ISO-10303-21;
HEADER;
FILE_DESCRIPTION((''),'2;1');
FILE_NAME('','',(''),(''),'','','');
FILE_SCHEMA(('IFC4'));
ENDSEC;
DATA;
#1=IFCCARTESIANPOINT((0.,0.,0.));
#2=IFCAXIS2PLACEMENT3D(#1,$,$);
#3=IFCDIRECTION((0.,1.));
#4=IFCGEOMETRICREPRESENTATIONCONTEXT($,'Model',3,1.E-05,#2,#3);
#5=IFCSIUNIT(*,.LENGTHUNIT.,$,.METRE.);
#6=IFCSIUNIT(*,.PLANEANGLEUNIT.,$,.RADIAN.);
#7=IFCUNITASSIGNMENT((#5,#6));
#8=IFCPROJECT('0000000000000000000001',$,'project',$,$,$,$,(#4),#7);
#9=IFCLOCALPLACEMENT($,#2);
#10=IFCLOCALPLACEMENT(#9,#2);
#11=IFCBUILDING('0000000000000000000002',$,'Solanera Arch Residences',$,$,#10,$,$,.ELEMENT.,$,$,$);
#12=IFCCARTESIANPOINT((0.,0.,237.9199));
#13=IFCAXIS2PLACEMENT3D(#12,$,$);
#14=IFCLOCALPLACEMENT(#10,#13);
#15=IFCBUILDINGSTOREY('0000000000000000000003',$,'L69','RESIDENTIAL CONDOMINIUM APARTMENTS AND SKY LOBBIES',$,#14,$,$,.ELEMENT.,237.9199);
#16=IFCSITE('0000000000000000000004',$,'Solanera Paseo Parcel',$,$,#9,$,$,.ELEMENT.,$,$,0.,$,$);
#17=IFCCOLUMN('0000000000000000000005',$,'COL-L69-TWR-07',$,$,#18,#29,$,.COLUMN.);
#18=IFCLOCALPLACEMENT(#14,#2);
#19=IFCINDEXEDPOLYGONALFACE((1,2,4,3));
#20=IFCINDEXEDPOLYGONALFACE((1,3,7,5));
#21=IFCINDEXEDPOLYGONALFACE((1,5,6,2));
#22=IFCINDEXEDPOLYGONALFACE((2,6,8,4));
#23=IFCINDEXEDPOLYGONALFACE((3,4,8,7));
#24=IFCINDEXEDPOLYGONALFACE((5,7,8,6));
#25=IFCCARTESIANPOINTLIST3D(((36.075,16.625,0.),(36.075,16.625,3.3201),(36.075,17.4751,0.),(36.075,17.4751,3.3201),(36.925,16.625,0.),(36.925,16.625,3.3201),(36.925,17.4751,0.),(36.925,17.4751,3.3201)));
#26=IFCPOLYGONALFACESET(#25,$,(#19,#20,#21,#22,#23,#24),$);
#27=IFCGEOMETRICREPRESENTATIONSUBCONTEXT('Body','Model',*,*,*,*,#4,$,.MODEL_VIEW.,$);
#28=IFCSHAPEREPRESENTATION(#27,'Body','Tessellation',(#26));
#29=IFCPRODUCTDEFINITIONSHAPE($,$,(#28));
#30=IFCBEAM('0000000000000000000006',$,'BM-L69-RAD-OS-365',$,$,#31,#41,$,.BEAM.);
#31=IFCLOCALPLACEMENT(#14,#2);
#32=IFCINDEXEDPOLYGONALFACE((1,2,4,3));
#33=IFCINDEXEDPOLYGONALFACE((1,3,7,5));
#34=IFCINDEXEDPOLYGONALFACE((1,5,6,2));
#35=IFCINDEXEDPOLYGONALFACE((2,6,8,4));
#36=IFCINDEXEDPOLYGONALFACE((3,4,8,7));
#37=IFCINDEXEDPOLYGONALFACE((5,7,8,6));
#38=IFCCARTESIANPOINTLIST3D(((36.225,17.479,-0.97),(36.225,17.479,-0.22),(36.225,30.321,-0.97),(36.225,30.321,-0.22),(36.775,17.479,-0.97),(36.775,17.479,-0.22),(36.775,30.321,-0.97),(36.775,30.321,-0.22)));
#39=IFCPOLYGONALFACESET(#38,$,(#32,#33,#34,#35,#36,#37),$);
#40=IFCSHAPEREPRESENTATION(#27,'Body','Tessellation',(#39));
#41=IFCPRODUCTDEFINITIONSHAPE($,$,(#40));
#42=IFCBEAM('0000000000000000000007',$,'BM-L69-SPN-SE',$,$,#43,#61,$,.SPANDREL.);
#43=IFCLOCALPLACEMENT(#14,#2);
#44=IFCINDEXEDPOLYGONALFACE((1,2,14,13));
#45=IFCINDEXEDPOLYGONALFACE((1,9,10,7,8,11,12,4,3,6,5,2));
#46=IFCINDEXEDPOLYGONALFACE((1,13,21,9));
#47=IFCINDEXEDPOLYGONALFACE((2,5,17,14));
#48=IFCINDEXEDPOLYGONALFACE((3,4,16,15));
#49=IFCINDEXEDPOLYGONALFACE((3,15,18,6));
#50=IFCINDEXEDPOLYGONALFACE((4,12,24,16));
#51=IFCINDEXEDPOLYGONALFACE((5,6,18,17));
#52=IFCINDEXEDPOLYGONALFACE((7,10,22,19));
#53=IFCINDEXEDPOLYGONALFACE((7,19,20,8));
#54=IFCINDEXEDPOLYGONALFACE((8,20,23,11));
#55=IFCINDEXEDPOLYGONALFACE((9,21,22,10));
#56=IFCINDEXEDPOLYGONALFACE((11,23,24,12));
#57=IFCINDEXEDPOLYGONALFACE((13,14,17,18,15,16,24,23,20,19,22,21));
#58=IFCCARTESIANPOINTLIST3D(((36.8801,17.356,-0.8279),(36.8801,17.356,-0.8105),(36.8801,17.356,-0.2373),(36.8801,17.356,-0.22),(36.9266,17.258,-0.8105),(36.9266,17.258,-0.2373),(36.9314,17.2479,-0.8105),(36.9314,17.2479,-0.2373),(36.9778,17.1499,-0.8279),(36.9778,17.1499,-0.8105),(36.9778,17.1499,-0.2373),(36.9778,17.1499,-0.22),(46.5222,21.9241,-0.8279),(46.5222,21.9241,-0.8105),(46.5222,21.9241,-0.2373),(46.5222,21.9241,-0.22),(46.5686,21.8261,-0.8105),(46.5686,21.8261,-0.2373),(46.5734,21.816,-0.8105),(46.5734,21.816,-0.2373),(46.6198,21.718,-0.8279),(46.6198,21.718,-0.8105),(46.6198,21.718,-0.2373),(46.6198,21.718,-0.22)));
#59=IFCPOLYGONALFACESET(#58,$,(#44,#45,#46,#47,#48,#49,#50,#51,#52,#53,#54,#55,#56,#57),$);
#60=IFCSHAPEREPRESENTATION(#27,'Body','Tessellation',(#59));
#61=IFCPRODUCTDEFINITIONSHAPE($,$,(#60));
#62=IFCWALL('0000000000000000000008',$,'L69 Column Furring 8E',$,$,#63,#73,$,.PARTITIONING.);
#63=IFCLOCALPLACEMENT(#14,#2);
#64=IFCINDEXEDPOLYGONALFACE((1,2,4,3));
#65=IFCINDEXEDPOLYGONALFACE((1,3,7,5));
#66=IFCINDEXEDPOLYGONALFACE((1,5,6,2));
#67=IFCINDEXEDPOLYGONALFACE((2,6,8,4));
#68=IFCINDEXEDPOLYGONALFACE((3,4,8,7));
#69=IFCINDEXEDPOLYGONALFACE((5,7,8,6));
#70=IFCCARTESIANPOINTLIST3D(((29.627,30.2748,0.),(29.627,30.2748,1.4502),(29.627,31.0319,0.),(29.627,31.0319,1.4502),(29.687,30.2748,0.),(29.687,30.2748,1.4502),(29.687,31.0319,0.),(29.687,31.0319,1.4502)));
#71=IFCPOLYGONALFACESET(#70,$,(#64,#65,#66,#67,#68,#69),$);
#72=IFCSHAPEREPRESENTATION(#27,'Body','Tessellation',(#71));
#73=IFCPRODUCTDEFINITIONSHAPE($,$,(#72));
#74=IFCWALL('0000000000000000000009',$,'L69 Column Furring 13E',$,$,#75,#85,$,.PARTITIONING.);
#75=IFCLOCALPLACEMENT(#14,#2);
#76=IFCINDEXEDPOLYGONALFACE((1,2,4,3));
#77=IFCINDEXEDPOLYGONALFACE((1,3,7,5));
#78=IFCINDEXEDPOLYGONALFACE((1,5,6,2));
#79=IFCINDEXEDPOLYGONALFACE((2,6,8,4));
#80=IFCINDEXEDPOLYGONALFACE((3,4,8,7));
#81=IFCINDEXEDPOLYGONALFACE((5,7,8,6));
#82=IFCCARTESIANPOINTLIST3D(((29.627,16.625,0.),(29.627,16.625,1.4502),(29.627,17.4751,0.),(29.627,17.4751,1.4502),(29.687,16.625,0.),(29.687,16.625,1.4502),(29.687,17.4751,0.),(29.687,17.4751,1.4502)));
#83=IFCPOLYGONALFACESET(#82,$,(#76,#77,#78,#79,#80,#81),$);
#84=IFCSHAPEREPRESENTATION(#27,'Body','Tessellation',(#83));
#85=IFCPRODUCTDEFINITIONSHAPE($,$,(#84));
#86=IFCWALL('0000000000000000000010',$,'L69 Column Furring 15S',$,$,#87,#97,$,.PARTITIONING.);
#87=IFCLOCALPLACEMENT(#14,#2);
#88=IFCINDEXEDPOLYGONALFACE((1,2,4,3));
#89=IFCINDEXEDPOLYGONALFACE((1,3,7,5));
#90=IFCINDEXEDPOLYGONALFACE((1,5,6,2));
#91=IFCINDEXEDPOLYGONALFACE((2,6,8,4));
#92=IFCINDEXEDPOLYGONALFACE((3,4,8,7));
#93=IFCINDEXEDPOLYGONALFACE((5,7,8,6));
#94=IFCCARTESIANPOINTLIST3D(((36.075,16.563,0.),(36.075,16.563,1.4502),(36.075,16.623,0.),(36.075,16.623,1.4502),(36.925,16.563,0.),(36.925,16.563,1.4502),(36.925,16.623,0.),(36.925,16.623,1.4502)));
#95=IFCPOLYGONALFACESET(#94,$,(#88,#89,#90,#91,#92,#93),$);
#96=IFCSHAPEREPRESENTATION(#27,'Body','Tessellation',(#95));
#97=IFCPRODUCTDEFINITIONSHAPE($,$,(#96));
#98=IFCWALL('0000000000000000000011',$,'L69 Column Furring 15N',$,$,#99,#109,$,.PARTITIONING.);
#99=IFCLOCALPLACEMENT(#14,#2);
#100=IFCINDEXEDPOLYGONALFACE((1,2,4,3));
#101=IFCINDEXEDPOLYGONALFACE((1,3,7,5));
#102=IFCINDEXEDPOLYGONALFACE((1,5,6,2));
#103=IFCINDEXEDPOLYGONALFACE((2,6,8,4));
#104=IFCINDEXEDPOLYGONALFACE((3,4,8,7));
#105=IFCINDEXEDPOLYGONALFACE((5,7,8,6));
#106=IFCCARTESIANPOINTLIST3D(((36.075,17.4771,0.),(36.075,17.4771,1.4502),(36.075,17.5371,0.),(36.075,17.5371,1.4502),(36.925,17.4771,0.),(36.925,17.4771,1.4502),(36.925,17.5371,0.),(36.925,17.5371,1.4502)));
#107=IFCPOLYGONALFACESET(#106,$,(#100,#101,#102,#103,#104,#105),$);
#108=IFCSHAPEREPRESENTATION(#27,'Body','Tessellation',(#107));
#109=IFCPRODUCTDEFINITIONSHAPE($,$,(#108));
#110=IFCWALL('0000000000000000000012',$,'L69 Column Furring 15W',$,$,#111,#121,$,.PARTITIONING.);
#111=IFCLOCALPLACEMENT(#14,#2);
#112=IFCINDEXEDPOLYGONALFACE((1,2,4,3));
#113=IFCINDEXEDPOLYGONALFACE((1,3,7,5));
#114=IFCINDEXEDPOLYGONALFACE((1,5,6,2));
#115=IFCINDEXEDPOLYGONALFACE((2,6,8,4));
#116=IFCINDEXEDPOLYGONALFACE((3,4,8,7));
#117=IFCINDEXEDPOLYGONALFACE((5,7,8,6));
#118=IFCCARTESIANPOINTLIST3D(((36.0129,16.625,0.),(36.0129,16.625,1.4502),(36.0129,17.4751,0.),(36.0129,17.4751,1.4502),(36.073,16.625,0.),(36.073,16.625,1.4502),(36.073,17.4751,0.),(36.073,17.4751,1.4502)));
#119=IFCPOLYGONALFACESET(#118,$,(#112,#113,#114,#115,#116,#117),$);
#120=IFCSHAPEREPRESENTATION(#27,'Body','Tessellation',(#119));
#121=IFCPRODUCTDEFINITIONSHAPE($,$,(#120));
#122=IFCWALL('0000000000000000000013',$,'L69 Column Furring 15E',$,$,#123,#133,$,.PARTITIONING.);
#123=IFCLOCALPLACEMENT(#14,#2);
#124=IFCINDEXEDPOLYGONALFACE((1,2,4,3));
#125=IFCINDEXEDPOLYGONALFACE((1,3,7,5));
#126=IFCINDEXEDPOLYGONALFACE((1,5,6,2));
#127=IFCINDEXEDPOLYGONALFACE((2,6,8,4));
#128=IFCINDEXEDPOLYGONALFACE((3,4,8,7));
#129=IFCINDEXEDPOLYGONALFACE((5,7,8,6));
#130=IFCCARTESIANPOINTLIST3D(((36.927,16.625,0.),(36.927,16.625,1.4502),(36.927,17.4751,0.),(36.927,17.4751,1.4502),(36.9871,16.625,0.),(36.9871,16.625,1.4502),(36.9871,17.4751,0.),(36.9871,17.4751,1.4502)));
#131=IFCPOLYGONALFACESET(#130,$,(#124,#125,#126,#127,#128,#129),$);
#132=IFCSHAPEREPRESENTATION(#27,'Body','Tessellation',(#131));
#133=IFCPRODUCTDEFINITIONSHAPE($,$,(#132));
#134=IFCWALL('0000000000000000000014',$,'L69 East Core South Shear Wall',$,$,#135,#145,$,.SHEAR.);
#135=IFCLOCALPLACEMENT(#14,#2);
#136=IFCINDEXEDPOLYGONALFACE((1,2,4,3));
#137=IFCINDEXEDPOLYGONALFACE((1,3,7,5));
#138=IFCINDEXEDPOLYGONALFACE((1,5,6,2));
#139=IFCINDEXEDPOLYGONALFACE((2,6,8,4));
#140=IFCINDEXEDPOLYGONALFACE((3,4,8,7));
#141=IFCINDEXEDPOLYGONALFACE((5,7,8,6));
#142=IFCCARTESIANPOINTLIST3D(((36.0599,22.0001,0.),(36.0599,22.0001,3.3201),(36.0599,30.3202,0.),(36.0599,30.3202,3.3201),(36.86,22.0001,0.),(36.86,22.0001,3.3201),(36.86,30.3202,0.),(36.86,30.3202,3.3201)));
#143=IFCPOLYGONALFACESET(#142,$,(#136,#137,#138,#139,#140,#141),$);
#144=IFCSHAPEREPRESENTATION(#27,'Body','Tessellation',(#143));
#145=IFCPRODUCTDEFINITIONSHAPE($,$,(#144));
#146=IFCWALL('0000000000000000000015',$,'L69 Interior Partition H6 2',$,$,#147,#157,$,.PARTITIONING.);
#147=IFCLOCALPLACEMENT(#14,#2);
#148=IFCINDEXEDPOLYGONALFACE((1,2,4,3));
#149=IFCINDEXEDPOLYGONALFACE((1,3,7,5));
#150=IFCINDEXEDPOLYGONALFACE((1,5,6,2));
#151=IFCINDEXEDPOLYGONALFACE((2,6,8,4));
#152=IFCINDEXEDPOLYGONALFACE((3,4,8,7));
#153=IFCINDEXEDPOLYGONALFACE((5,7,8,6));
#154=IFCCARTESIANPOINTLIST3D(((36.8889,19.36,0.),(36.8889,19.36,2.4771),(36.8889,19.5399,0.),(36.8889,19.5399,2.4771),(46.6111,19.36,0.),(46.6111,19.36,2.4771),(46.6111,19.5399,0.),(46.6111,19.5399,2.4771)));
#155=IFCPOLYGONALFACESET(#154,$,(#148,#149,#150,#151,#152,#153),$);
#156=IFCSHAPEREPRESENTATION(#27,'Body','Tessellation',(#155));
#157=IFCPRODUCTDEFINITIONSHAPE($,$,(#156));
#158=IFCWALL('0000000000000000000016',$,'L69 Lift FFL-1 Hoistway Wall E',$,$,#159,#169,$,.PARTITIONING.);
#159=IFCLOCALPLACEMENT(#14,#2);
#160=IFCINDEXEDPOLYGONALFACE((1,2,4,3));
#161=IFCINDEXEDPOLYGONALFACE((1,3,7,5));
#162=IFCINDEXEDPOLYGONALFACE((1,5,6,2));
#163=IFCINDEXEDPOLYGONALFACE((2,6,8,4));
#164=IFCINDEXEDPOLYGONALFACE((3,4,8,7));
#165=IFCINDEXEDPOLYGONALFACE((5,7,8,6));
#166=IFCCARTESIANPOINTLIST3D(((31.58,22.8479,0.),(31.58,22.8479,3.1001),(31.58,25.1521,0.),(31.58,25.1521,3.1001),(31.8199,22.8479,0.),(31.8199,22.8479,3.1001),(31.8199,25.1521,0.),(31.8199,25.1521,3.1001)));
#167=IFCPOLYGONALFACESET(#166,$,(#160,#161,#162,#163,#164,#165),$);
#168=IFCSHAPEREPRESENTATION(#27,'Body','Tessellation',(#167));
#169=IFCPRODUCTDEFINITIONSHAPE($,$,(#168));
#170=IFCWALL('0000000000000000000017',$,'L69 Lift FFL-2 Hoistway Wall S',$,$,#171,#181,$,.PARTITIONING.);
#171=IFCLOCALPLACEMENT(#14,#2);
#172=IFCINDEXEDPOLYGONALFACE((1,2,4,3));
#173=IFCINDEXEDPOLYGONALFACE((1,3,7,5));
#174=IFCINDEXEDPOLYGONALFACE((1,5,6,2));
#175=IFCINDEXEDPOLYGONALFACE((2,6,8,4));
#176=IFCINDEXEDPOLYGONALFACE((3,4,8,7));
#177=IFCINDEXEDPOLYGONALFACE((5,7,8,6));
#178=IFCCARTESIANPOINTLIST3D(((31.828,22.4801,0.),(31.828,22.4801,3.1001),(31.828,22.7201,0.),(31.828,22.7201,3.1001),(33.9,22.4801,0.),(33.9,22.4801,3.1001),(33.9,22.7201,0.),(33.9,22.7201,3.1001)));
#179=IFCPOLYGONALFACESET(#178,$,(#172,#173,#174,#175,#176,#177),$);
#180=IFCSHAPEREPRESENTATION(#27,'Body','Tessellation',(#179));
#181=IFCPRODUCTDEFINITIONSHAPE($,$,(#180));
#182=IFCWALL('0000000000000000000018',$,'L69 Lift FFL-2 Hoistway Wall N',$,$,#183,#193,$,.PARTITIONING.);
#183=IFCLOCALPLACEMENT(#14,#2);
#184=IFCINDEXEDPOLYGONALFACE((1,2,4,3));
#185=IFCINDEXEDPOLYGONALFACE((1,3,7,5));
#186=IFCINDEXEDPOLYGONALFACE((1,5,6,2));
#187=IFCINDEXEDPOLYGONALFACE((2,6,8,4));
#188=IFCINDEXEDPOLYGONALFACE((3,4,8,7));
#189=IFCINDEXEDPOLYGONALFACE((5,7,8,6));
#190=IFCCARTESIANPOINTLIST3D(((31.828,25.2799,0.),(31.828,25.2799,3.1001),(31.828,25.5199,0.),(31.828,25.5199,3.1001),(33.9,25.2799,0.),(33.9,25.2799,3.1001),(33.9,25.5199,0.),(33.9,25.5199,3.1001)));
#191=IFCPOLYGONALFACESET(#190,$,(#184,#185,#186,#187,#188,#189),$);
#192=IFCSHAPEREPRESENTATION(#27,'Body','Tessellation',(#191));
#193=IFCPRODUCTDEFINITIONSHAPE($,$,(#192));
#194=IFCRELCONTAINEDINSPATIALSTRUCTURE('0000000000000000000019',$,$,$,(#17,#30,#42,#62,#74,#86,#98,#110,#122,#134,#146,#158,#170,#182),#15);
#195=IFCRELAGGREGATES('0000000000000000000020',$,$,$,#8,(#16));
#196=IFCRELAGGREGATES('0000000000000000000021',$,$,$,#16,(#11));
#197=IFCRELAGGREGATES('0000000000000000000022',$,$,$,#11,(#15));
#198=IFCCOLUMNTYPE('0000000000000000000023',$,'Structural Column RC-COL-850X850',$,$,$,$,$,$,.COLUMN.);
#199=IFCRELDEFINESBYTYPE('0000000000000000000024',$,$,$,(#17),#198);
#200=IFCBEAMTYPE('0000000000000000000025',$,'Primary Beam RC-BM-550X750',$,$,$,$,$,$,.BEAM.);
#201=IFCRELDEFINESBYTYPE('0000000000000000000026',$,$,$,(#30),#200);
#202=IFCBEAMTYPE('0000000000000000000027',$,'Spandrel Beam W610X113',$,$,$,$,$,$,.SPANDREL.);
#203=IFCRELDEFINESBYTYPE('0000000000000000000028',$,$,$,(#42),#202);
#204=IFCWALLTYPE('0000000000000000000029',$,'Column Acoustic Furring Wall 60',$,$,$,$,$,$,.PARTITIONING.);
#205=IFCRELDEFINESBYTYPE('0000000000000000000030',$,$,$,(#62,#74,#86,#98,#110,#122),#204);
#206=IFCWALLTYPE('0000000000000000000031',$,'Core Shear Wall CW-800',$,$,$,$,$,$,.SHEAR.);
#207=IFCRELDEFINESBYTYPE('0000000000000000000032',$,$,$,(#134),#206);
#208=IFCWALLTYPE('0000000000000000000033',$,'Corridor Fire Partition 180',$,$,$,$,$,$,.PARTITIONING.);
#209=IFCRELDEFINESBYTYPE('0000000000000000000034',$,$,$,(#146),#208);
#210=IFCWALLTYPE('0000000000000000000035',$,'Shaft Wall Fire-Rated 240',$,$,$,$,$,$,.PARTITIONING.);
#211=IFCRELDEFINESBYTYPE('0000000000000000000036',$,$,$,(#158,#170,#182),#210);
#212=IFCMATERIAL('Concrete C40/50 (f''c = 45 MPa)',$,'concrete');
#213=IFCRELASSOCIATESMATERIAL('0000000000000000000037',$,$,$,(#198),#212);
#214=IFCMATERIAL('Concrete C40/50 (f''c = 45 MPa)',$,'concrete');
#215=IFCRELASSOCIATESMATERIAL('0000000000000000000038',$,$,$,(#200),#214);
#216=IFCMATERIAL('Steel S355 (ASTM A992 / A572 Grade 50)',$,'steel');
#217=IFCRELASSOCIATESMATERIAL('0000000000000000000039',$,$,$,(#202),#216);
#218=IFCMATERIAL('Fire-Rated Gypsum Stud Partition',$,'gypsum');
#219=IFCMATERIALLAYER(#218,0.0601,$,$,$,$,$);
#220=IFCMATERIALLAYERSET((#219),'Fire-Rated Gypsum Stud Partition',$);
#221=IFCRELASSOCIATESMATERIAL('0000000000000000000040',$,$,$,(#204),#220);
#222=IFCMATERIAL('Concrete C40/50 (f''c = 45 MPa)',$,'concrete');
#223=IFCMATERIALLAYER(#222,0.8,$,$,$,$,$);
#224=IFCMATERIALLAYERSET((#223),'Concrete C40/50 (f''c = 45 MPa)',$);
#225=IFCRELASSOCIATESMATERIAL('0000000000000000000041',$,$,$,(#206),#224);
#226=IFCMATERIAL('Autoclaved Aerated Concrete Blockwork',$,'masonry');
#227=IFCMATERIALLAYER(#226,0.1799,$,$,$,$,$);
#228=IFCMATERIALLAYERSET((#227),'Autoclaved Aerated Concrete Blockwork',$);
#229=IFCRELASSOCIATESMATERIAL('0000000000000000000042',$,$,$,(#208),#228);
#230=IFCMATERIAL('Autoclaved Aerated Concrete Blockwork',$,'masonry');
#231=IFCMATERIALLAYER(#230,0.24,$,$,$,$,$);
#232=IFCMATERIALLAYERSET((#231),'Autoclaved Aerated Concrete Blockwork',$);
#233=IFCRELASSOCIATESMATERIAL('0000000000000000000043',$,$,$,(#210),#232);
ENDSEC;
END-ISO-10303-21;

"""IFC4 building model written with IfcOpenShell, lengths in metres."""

from ifc_helpers import new_model, si_unit, direction, frame, frame_2d, origin, origin_2d, place, context, subcontext, project, spatial, rectangle, i_section, extrude, material, layer, layer_set, material_profile, profile_set, type_object, element, save


model = new_model("IFC4")

# Units and contexts
model_context = context("Model", 3, precision=1e-05, world=origin(), true_north=direction((0.0, 1.0)))
body_context = subcontext(model_context, "Body", "Model", "MODEL_VIEW")
ifc_project = project(units=[si_unit("LENGTHUNIT", "METRE"), si_unit("PLANEANGLEUNIT", "RADIAN")], contexts=[model_context])

# Site, building, storey
site_placement = place(None, origin())
site = spatial("IfcSite", under=ifc_project, at=site_placement, Name="Solanera Paseo Parcel", CompositionType="ELEMENT", RefElevation=0.0)
building_placement = place(site_placement, origin())
building = spatial("IfcBuilding", under=site, at=building_placement, Name="Solanera Arch Residences", CompositionType="ELEMENT")
storey_placement = place(building_placement, frame((0.0, 0.0, 237.9199)))
storey = spatial("IfcBuildingStorey", under=building, at=storey_placement, Name="L69", Description="RESIDENTIAL CONDOMINIUM APARTMENTS AND SKY LOBBIES", CompositionType="ELEMENT", Elevation=237.9199)

# Column
ifc_material_1 = material(Name="Concrete C40/50 (f'c = 45 MPa)", Category="concrete")
ifc_material_profile_1 = material_profile(ifc_material_1, rectangle(XDim=0.8501, YDim=0.8501, at=origin_2d()))
ifc_profile_set_1 = profile_set([ifc_material_profile_1], Name="Concrete C40/50 (f'c = 45 MPa)")
column_type = type_object("IfcColumnType", Name="Structural Column RC-COL-850X850", PredefinedType="COLUMN", material=ifc_profile_set_1)
column_placement = place(storey_placement, frame((36.5, 17.05, 0.0), z_axis=(0.0, 0.0, 1.0), x_axis=(1.0, 0.0, 0.0)))
element("IfcColumn", 1, at=column_placement, inside=storey, type_object=column_type, Name="COL-L69-TWR-07", PredefinedType="COLUMN", context=body_context, shape_type="SweptSolid", body=[
    extrude(rectangle(XDim=0.8501, YDim=0.8501, at=origin_2d()), origin(), (0.0, 0.0, 1.0), 3.3201),
])

# Beams
ifc_material_2 = material(Name="Concrete C40/50 (f'c = 45 MPa)", Category="concrete")
ifc_material_profile_2 = material_profile(ifc_material_2, rectangle(XDim=0.55, YDim=0.75, at=origin_2d()))
ifc_profile_set_2 = profile_set([ifc_material_profile_2], Name="Concrete C40/50 (f'c = 45 MPa)")
beam_type_1 = type_object("IfcBeamType", Name="Primary Beam RC-BM-550X750", PredefinedType="BEAM", material=ifc_profile_set_2)
beam_1_placement = place(storey_placement, frame((36.5, 17.479, -0.595), z_axis=(0.0, 1.0, 0.0), x_axis=(-1.0, 0.0, 0.0)))
element("IfcBeam", 2, at=beam_1_placement, inside=storey, type_object=beam_type_1, Name="BM-L69-RAD-OS-365", PredefinedType="BEAM", context=body_context, shape_type="SweptSolid", body=[
    extrude(rectangle(XDim=0.55, YDim=0.75, at=origin_2d()), origin(), (0.0, 0.0, 1.0), 12.842),
])
ifc_material_3 = material(Name="Steel S355 (ASTM A992 / A572 Grade 50)", Category="steel")
ifc_material_profile_3 = material_profile(ifc_material_3, i_section(OverallWidth=0.228, OverallDepth=0.6079, WebThickness=0.0112, FlangeThickness=0.0173, at=origin_2d()))
ifc_profile_set_3 = profile_set([ifc_material_profile_3], Name="Steel S355 (ASTM A992 / A572 Grade 50)")
beam_type_2 = type_object("IfcBeamType", Name="Spandrel Beam W610X113", PredefinedType="SPANDREL", material=ifc_profile_set_3)
beam_2_placement = place(storey_placement, frame((36.929, 17.2529, -0.5239), z_axis=(0.903708, 0.428148, 0.0), x_axis=(-0.428148, 0.903708, 0.0)))
element("IfcBeam", 3, at=beam_2_placement, inside=storey, type_object=beam_type_2, Name="BM-L69-SPN-SE", PredefinedType="SPANDREL", context=body_context, shape_type="SweptSolid", body=[
    extrude(i_section(OverallWidth=0.228, OverallDepth=0.6079, WebThickness=0.0112, FlangeThickness=0.0173, at=origin_2d()), origin(), (0.0, 0.0, 1.0), 10.6694),
])

# Walls
ifc_material_4 = material(Name="Fire-Rated Gypsum Stud Partition", Category="gypsum")
ifc_layer_1 = layer(ifc_material_4, 0.0601)
ifc_layer_set_1 = layer_set([ifc_layer_1], Name="Fire-Rated Gypsum Stud Partition")
wall_type_1 = type_object("IfcWallType", Name="Column Acoustic Furring Wall 60", PredefinedType="PARTITIONING", material=ifc_layer_set_1)
wall_1_placement = place(storey_placement, frame((29.657, 30.2749, 0.0), z_axis=(0.0, 0.0, 1.0), x_axis=(0.0, 1.0, 0.0)))
element("IfcWall", 4, at=wall_1_placement, inside=storey, type_object=wall_type_1, Name="L69 Column Furring 8E", PredefinedType="PARTITIONING", context=body_context, shape_type="SweptSolid", body=[
    extrude(rectangle(XDim=0.7571, YDim=0.0601, at=frame_2d((0.3784, 0.0))), origin(), (0.0, 0.0, 1.0), 1.4502),
])
for number, where, z_axis, x_axis, name in (
    (5, (29.657, 16.625, 0.0), (0.0, 0.0, 1.0), (0.0, 1.0, 0.0), "L69 Column Furring 13E"),
    (6, (36.075, 16.593, 0.0), (0.0, 0.0, 1.0), (1.0, 0.0, 0.0), "L69 Column Furring 15S"),
    (7, (36.075, 17.5071, 0.0), (0.0, 0.0, 1.0), (1.0, 0.0, 0.0), "L69 Column Furring 15N"),
    (8, (36.043, 16.625, 0.0), (0.0, 0.0, 1.0), (0.0, 1.0, 0.0), "L69 Column Furring 15W"),
    (9, (36.957, 16.625, 0.0), (0.0, 0.0, 1.0), (0.0, 1.0, 0.0), "L69 Column Furring 15E"),
):
    element("IfcWall", number, at=place(storey_placement, frame(where, z_axis=z_axis, x_axis=x_axis)), inside=storey, type_object=wall_type_1, Name=name, PredefinedType="PARTITIONING", context=body_context, shape_type="SweptSolid", body=[
        extrude(rectangle(XDim=0.8501, YDim=0.0601, at=frame_2d((0.425, 0.0))), origin(), (0.0, 0.0, 1.0), 1.4502),
    ])
ifc_material_5 = material(Name="Concrete C40/50 (f'c = 45 MPa)", Category="concrete")
ifc_layer_2 = layer(ifc_material_5, 0.8)
ifc_layer_set_2 = layer_set([ifc_layer_2], Name="Concrete C40/50 (f'c = 45 MPa)")
wall_type_2 = type_object("IfcWallType", Name="Core Shear Wall CW-800", PredefinedType="SHEAR", material=ifc_layer_set_2)
wall_2_placement = place(storey_placement, frame((36.46, 22.0, 0.0), z_axis=(0.0, 0.0, 1.0), x_axis=(0.0, 1.0, 0.0)))
element("IfcWall", 10, at=wall_2_placement, inside=storey, type_object=wall_type_2, Name="L69 East Core South Shear Wall", PredefinedType="SHEAR", context=body_context, shape_type="SweptSolid", body=[
    extrude(rectangle(XDim=8.3201, YDim=0.8, at=frame_2d((4.1602, 0.0))), origin(), (0.0, 0.0, 1.0), 3.3201),
])
ifc_material_6 = material(Name="Autoclaved Aerated Concrete Blockwork", Category="masonry")
ifc_layer_3 = layer(ifc_material_6, 0.1799)
ifc_layer_set_3 = layer_set([ifc_layer_3], Name="Autoclaved Aerated Concrete Blockwork")
wall_type_3 = type_object("IfcWallType", Name="Corridor Fire Partition 180", PredefinedType="PARTITIONING", material=ifc_layer_set_3)
wall_3_placement = place(storey_placement, frame((36.8889, 19.45, 0.0), z_axis=(0.0, 0.0, 1.0), x_axis=(1.0, 0.0, 0.0)))
element("IfcWall", 11, at=wall_3_placement, inside=storey, type_object=wall_type_3, Name="L69 Interior Partition H6 2", PredefinedType="PARTITIONING", context=body_context, shape_type="SweptSolid", body=[
    extrude(rectangle(XDim=9.7222, YDim=0.1799, at=frame_2d((4.8611, 0.0))), origin(), (0.0, 0.0, 1.0), 2.4771),
])
ifc_material_7 = material(Name="Autoclaved Aerated Concrete Blockwork", Category="masonry")
ifc_layer_4 = layer(ifc_material_7, 0.24)
ifc_layer_set_4 = layer_set([ifc_layer_4], Name="Autoclaved Aerated Concrete Blockwork")
wall_type_4 = type_object("IfcWallType", Name="Shaft Wall Fire-Rated 240", PredefinedType="PARTITIONING", material=ifc_layer_set_4)
wall_4_placement = place(storey_placement, frame((31.7, 22.8479, 0.0), z_axis=(0.0, 0.0, 1.0), x_axis=(0.0, 1.0, 0.0)))
element("IfcWall", 12, at=wall_4_placement, inside=storey, type_object=wall_type_4, Name="L69 Lift FFL-1 Hoistway Wall E", PredefinedType="PARTITIONING", context=body_context, shape_type="SweptSolid", body=[
    extrude(rectangle(XDim=2.3042, YDim=0.24, at=frame_2d((1.1521, 0.0))), origin(), (0.0, 0.0, 1.0), 3.1001),
])
for number, where, z_axis, x_axis, name in (
    (13, (31.8279, 22.6001, 0.0), (0.0, 0.0, 1.0), (1.0, 0.0, 0.0), "L69 Lift FFL-2 Hoistway Wall S"),
    (14, (31.8279, 25.3999, 0.0), (0.0, 0.0, 1.0), (1.0, 0.0, 0.0), "L69 Lift FFL-2 Hoistway Wall N"),
):
    element("IfcWall", number, at=place(storey_placement, frame(where, z_axis=z_axis, x_axis=x_axis)), inside=storey, type_object=wall_type_4, Name=name, PredefinedType="PARTITIONING", context=body_context, shape_type="SweptSolid", body=[
        extrude(rectangle(XDim=2.072, YDim=0.24, at=frame_2d((1.0361, 0.0))), origin(), (0.0, 0.0, 1.0), 3.1001),
    ])

save(model, "model.ifc")
